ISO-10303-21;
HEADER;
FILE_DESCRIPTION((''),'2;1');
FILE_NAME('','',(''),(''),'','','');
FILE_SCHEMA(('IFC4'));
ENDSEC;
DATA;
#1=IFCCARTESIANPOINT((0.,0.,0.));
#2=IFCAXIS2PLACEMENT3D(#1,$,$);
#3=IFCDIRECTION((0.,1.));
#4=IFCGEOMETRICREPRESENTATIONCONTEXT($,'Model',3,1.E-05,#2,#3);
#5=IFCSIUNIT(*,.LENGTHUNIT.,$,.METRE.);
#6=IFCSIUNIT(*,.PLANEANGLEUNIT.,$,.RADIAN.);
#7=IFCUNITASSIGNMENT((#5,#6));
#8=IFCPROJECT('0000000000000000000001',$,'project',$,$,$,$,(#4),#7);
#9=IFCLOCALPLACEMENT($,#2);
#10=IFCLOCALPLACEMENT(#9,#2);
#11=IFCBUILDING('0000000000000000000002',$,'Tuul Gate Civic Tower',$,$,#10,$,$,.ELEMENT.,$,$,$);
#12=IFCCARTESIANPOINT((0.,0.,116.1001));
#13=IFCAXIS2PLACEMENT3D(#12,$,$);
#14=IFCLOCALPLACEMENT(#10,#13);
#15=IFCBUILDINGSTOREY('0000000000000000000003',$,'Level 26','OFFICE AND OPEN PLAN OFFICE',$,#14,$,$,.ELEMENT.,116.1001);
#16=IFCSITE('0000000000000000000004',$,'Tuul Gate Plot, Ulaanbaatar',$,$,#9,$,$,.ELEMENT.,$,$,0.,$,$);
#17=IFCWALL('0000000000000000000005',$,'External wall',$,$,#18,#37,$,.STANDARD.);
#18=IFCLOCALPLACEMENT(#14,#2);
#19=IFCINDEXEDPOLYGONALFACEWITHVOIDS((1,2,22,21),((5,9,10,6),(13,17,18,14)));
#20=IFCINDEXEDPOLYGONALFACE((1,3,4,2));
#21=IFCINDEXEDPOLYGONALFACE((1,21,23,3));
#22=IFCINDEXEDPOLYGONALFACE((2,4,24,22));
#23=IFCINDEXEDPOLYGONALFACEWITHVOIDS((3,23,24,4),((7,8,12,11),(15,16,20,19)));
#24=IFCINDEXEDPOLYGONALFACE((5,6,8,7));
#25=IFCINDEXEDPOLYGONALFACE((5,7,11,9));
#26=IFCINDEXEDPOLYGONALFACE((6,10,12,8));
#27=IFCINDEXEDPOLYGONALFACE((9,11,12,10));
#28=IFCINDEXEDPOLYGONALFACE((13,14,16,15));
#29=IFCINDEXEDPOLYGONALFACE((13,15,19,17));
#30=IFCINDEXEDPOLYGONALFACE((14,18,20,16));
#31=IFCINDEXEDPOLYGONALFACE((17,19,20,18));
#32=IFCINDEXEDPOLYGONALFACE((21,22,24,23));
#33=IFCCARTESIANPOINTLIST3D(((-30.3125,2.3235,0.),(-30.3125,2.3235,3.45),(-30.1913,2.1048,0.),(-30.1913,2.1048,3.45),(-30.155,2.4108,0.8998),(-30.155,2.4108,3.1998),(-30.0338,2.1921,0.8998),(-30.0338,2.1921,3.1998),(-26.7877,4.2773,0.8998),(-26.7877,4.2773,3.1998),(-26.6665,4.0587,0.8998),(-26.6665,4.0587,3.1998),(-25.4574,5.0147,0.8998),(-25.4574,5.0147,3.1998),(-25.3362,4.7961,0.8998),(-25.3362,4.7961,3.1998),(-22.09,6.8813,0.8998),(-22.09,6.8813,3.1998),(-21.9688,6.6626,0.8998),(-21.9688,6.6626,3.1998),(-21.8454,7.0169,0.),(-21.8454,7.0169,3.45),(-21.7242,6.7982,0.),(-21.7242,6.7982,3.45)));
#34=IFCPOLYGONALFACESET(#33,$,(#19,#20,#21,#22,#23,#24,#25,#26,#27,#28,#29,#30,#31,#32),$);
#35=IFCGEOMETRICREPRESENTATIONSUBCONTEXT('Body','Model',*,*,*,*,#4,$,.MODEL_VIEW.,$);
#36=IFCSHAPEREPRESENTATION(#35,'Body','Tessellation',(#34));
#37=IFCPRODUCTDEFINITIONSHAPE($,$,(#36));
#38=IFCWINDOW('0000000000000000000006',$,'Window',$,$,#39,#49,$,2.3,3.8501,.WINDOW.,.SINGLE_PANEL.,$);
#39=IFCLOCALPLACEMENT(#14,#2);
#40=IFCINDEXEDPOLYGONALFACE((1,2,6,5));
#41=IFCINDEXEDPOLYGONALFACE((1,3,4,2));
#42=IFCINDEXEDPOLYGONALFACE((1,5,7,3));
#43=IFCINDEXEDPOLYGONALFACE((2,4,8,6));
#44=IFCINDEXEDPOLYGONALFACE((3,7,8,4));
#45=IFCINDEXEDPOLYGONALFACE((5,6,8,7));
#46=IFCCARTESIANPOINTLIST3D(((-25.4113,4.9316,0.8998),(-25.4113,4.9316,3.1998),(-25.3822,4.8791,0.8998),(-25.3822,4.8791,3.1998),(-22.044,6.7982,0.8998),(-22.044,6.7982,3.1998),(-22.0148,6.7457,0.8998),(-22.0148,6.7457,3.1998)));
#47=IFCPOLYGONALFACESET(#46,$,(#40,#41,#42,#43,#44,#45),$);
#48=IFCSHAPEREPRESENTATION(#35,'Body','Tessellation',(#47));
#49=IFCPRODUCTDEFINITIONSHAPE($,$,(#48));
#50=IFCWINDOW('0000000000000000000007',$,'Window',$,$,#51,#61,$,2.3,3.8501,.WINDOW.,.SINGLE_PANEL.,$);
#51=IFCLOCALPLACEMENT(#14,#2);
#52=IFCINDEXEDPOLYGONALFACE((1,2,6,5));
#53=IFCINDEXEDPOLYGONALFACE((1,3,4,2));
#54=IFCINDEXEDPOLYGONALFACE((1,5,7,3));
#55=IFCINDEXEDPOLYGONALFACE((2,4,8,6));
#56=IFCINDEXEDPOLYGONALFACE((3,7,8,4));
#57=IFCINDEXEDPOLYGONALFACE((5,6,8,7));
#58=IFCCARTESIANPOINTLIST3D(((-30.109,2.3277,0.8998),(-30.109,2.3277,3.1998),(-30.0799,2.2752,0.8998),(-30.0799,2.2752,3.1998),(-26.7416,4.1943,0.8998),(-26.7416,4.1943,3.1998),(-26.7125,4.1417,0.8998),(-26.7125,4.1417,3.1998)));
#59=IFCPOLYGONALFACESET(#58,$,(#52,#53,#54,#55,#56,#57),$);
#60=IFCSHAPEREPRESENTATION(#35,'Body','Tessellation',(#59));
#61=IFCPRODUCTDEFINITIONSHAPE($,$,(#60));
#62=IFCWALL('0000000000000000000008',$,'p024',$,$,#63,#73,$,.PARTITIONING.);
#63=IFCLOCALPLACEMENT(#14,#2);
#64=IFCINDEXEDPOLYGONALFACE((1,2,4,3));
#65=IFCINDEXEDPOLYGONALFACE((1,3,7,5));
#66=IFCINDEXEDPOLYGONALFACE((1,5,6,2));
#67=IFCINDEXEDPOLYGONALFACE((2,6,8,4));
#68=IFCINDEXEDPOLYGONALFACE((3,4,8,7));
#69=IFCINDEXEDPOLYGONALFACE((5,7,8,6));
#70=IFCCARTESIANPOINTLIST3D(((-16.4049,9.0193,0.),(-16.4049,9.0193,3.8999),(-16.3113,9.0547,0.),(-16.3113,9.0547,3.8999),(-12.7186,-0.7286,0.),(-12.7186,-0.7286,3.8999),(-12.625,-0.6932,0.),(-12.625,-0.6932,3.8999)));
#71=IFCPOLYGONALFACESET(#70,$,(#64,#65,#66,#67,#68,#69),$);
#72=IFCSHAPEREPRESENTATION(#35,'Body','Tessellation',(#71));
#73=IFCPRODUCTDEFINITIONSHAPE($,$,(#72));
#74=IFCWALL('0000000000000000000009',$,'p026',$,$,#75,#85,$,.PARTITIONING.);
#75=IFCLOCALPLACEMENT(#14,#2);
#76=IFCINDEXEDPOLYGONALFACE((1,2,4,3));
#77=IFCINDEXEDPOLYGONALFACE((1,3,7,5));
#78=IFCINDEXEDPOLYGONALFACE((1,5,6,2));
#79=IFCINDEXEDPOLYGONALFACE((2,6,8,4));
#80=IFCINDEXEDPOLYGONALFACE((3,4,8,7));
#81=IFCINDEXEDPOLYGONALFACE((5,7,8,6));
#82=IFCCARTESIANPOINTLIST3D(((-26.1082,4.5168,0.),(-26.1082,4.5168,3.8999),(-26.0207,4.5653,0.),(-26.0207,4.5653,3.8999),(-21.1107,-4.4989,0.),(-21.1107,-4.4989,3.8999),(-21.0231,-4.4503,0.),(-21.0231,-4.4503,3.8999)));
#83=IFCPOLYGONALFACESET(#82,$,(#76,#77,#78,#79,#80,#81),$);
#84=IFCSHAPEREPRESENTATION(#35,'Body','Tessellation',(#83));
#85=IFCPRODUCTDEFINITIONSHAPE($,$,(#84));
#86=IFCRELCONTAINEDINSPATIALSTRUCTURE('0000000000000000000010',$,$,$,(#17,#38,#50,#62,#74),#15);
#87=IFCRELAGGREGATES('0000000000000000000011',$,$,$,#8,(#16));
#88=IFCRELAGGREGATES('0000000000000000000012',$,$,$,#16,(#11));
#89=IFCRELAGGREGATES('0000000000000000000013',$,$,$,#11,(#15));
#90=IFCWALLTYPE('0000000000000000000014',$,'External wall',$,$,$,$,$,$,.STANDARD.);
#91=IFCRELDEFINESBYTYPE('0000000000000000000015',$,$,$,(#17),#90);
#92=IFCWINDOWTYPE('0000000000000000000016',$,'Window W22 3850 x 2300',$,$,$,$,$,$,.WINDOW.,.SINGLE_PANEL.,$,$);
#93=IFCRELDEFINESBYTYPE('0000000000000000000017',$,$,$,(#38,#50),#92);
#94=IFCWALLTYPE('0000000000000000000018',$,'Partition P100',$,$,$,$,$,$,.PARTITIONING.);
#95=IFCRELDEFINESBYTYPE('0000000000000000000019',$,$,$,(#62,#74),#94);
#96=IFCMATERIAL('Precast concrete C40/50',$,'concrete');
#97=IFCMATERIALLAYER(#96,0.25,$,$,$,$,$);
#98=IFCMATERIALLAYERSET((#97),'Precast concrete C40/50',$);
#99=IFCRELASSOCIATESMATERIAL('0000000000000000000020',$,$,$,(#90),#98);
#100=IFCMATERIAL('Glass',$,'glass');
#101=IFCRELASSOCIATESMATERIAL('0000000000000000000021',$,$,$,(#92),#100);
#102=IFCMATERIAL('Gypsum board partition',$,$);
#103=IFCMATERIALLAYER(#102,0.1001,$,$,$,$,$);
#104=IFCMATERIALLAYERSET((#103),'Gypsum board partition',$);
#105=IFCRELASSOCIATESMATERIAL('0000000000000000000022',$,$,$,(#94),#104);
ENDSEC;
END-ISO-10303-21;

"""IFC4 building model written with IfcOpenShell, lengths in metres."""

from ifc_helpers import new_model, si_unit, direction, frame, frame_2d, origin, place, context, subcontext, project, spatial, rectangle, extrude, material, layer, layer_set, type_object, element, fill, save


model = new_model("IFC4")

# Units and contexts
model_context = context("Model", 3, precision=1e-05, world=origin(), true_north=direction((0.0, 1.0)))
body_context = subcontext(model_context, "Body", "Model", "MODEL_VIEW")
ifc_project = project(units=[si_unit("LENGTHUNIT", "METRE"), si_unit("PLANEANGLEUNIT", "RADIAN")], contexts=[model_context])

# Site, building, storey
site_placement = place(None, origin())
site = spatial("IfcSite", under=ifc_project, at=site_placement, Name="Tuul Gate Plot, Ulaanbaatar", CompositionType="ELEMENT", RefElevation=0.0)
building_placement = place(site_placement, origin())
building = spatial("IfcBuilding", under=site, at=building_placement, Name="Tuul Gate Civic Tower", CompositionType="ELEMENT")
storey_placement = place(building_placement, frame((0.0, 0.0, 116.1001)))
storey = spatial("IfcBuildingStorey", under=building, at=storey_placement, Name="Level 26", Description="OFFICE AND OPEN PLAN OFFICE", CompositionType="ELEMENT", Elevation=116.1001)

# Wall, openings, windows
ifc_material_1 = material(Name="Precast concrete C40/50", Category="concrete")
ifc_layer_1 = layer(ifc_material_1, 0.25)
ifc_layer_set_1 = layer_set([ifc_layer_1], Name="Precast concrete C40/50")
wall_type_1 = type_object("IfcWallType", Name="External wall", PredefinedType="STANDARD", material=ifc_layer_set_1)
ifc_material_2 = material(Name="Glass", Category="glass")
window_type = type_object("IfcWindowType", Name="Window W22 3850 x 2300", PartitioningType="SINGLE_PANEL", PredefinedType="WINDOW", material=ifc_material_2)
wall_1_placement = place(storey_placement, frame((-21.7849, 6.9075, 0.0), z_axis=(0.0, 0.0, 1.0), x_axis=(-0.87462, -0.48481, 0.0)))
wall_1 = element("IfcWall", 1, at=wall_1_placement, inside=storey, type_object=wall_type_1, Name="External wall", PredefinedType="STANDARD", context=body_context, shape_type="SweptSolid", body=[
    extrude(rectangle(XDim=9.6809, YDim=0.25, at=frame_2d((4.8403, 0.0))), origin(), (0.0, 0.0, 1.0), 3.45),
])
opening_1_placement = place(wall_1_placement, frame((0.2795, 0.0, 0.8999)))
opening_1 = element("IfcOpeningElement", 2, at=opening_1_placement, cuts=wall_1, PredefinedType="OPENING", context=body_context, shape_type="SweptSolid", body=[
    extrude(rectangle(XDim=3.8501, YDim=2.3, at=frame_2d((1.925, 1.1499))), frame((0.0, 0.135, 0.0), z_axis=(0.0, -1.0, 0.0), x_axis=(1.0, 0.0, 0.0)), (0.0, 0.0, 1.0), 0.27),
])
opening_2_placement = place(wall_1_placement, frame((5.6506, 0.0, 0.8999)))
opening_2 = element("IfcOpeningElement", 3, at=opening_2_placement, cuts=wall_1, PredefinedType="OPENING", context=body_context, shape_type="SweptSolid", body=[
    extrude(rectangle(XDim=3.8501, YDim=2.3, at=frame_2d((1.925, 1.1499))), frame((0.0, 0.135, 0.0), z_axis=(0.0, -1.0, 0.0), x_axis=(1.0, 0.0, 0.0)), (0.0, 0.0, 1.0), 0.27),
])
window_1_placement = place(opening_1_placement, origin())
window_1 = element("IfcWindow", 4, at=window_1_placement, inside=storey, type_object=window_type, Name="Window", OverallHeight=2.3, OverallWidth=3.8501, PartitioningType="SINGLE_PANEL", PredefinedType="WINDOW", context=body_context, shape_type="SweptSolid", body=[
    extrude(rectangle(XDim=3.8501, YDim=2.3, at=frame_2d((1.925, 1.1499))), frame((0.0, 0.03, 0.0), z_axis=(0.0, -1.0, 0.0), x_axis=(1.0, 0.0, 0.0)), (0.0, 0.0, 1.0), 0.0601),
])
fill(opening_1, window_1)
window_2_placement = place(opening_2_placement, origin())
window_2 = element("IfcWindow", 5, at=window_2_placement, inside=storey, type_object=window_type, Name="Window", OverallHeight=2.3, OverallWidth=3.8501, PartitioningType="SINGLE_PANEL", PredefinedType="WINDOW", context=body_context, shape_type="SweptSolid", body=[
    extrude(rectangle(XDim=3.8501, YDim=2.3, at=frame_2d((1.925, 1.1499))), frame((0.0, 0.03, 0.0), z_axis=(0.0, -1.0, 0.0), x_axis=(1.0, 0.0, 0.0)), (0.0, 0.0, 1.0), 0.0601),
])
fill(opening_2, window_2)

# Walls
ifc_material_3 = material(Name="Gypsum board partition")
ifc_layer_2 = layer(ifc_material_3, 0.1001)
ifc_layer_set_2 = layer_set([ifc_layer_2], Name="Gypsum board partition")
wall_type_2 = type_object("IfcWallType", Name="Partition P100", PredefinedType="PARTITIONING", material=ifc_layer_set_2)
wall_2_placement = place(storey_placement, frame((-16.3582, 9.0371, 0.0), z_axis=(0.0, 0.0, 1.0), x_axis=(0.353718, -0.935352, 0.0)))
element("IfcWall", 6, at=wall_2_placement, inside=storey, type_object=wall_type_2, Name="p024", PredefinedType="PARTITIONING", context=body_context, shape_type="SweptSolid", body=[
    extrude(rectangle(XDim=10.4216, YDim=0.1001, at=frame_2d((5.2109, 0.0))), origin(), (0.0, 0.0, 1.0), 3.8999),
])
wall_3_placement = place(storey_placement, frame((-26.0645, 4.541, 0.0), z_axis=(0.0, 0.0, 1.0), x_axis=(0.484818, -0.874615, 0.0)))
element("IfcWall", 7, at=wall_3_placement, inside=storey, type_object=wall_type_2, Name="p026", PredefinedType="PARTITIONING", context=body_context, shape_type="SweptSolid", body=[
    extrude(rectangle(XDim=10.3081, YDim=0.1001, at=frame_2d((5.1541, 0.0))), origin(), (0.0, 0.0, 1.0), 3.8999),
])

save(model, "model.ifc")
